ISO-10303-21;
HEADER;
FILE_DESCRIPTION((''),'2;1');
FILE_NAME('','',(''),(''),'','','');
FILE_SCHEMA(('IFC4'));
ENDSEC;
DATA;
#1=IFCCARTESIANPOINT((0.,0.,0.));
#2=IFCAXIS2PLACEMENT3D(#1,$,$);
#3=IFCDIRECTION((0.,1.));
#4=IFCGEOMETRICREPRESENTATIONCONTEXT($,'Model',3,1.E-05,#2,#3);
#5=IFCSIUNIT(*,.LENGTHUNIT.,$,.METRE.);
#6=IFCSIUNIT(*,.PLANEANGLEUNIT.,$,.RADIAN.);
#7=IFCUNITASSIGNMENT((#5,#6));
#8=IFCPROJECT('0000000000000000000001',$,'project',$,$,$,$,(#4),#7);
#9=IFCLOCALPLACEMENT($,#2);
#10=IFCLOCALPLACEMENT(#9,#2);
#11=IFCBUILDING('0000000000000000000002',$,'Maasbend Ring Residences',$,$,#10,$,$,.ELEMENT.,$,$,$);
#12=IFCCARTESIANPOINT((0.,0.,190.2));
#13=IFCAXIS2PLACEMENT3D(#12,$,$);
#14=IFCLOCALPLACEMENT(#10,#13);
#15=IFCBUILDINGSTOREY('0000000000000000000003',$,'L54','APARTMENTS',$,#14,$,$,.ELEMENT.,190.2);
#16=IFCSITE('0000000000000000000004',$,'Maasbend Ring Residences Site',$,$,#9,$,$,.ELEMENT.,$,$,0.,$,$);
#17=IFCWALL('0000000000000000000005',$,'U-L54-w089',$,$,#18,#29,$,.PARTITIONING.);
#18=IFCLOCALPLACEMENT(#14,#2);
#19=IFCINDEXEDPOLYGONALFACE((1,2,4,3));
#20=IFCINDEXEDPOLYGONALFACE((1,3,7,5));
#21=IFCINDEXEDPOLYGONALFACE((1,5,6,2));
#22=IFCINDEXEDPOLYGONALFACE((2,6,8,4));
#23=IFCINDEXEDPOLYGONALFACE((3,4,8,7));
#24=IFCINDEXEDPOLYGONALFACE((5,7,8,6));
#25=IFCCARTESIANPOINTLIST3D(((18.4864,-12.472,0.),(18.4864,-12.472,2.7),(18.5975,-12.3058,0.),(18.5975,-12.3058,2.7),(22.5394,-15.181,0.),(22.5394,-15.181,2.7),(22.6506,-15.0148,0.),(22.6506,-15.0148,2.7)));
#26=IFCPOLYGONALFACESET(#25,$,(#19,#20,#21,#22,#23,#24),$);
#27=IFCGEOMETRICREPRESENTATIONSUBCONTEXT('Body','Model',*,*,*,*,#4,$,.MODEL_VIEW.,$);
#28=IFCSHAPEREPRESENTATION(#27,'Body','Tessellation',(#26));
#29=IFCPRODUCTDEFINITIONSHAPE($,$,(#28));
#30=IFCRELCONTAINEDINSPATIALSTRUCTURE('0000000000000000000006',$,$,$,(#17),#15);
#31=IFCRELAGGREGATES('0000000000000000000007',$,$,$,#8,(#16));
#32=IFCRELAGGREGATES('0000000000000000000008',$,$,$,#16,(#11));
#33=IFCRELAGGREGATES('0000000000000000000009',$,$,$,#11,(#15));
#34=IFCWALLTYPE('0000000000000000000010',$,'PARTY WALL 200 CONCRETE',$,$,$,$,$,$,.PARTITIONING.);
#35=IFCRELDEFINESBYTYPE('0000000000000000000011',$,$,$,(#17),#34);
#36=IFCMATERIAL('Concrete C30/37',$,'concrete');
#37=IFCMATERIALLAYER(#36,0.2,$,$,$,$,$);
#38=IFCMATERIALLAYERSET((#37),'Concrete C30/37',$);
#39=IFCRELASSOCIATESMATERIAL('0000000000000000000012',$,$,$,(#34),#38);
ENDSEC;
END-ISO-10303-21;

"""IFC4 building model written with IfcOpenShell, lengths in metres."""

from ifc_helpers import new_model, si_unit, direction, frame, frame_2d, origin, place, context, subcontext, project, spatial, rectangle, extrude, material, layer, layer_set, type_object, element, save


model = new_model("IFC4")

# Units and contexts
model_context = context("Model", 3, precision=1e-05, world=origin(), true_north=direction((0.0, 1.0)))
body_context = subcontext(model_context, "Body", "Model", "MODEL_VIEW")
ifc_project = project(units=[si_unit("LENGTHUNIT", "METRE"), si_unit("PLANEANGLEUNIT", "RADIAN")], contexts=[model_context])

# Site, building, storey
site_placement = place(None, origin())
site = spatial("IfcSite", under=ifc_project, at=site_placement, Name="Maasbend Ring Residences Site", CompositionType="ELEMENT", RefElevation=0.0)
building_placement = place(site_placement, origin())
building = spatial("IfcBuilding", under=site, at=building_placement, Name="Maasbend Ring Residences", CompositionType="ELEMENT")
storey_placement = place(building_placement, frame((0.0, 0.0, 190.2)))
storey = spatial("IfcBuildingStorey", under=building, at=storey_placement, Name="L54", Description="APARTMENTS", CompositionType="ELEMENT", Elevation=190.2)

# Wall
ifc_material_1 = material(Name="Concrete C30/37", Category="concrete")
ifc_layer_1 = layer(ifc_material_1, 0.2)
ifc_layer_set_1 = layer_set([ifc_layer_1], Name="Concrete C30/37")
wall_type_1 = type_object("IfcWallType", Name="PARTY WALL 200 CONCRETE", PredefinedType="PARTITIONING", material=ifc_layer_set_1)
wall_1_placement = place(storey_placement, frame((18.542, -12.3889, 0.0), z_axis=(0.0, 0.0, 1.0), x_axis=(0.831387, -0.555694, 0.0)))
element("IfcWall", 1, at=wall_1_placement, inside=storey, type_object=wall_type_1, Name="U-L54-w089", PredefinedType="PARTITIONING", context=body_context, shape_type="SweptSolid", body=[
    extrude(rectangle(XDim=4.875, YDim=0.2, at=frame_2d((2.4375, 0.0))), origin(), (0.0, 0.0, 1.0), 2.7),
])

save(model, "model.ifc")
